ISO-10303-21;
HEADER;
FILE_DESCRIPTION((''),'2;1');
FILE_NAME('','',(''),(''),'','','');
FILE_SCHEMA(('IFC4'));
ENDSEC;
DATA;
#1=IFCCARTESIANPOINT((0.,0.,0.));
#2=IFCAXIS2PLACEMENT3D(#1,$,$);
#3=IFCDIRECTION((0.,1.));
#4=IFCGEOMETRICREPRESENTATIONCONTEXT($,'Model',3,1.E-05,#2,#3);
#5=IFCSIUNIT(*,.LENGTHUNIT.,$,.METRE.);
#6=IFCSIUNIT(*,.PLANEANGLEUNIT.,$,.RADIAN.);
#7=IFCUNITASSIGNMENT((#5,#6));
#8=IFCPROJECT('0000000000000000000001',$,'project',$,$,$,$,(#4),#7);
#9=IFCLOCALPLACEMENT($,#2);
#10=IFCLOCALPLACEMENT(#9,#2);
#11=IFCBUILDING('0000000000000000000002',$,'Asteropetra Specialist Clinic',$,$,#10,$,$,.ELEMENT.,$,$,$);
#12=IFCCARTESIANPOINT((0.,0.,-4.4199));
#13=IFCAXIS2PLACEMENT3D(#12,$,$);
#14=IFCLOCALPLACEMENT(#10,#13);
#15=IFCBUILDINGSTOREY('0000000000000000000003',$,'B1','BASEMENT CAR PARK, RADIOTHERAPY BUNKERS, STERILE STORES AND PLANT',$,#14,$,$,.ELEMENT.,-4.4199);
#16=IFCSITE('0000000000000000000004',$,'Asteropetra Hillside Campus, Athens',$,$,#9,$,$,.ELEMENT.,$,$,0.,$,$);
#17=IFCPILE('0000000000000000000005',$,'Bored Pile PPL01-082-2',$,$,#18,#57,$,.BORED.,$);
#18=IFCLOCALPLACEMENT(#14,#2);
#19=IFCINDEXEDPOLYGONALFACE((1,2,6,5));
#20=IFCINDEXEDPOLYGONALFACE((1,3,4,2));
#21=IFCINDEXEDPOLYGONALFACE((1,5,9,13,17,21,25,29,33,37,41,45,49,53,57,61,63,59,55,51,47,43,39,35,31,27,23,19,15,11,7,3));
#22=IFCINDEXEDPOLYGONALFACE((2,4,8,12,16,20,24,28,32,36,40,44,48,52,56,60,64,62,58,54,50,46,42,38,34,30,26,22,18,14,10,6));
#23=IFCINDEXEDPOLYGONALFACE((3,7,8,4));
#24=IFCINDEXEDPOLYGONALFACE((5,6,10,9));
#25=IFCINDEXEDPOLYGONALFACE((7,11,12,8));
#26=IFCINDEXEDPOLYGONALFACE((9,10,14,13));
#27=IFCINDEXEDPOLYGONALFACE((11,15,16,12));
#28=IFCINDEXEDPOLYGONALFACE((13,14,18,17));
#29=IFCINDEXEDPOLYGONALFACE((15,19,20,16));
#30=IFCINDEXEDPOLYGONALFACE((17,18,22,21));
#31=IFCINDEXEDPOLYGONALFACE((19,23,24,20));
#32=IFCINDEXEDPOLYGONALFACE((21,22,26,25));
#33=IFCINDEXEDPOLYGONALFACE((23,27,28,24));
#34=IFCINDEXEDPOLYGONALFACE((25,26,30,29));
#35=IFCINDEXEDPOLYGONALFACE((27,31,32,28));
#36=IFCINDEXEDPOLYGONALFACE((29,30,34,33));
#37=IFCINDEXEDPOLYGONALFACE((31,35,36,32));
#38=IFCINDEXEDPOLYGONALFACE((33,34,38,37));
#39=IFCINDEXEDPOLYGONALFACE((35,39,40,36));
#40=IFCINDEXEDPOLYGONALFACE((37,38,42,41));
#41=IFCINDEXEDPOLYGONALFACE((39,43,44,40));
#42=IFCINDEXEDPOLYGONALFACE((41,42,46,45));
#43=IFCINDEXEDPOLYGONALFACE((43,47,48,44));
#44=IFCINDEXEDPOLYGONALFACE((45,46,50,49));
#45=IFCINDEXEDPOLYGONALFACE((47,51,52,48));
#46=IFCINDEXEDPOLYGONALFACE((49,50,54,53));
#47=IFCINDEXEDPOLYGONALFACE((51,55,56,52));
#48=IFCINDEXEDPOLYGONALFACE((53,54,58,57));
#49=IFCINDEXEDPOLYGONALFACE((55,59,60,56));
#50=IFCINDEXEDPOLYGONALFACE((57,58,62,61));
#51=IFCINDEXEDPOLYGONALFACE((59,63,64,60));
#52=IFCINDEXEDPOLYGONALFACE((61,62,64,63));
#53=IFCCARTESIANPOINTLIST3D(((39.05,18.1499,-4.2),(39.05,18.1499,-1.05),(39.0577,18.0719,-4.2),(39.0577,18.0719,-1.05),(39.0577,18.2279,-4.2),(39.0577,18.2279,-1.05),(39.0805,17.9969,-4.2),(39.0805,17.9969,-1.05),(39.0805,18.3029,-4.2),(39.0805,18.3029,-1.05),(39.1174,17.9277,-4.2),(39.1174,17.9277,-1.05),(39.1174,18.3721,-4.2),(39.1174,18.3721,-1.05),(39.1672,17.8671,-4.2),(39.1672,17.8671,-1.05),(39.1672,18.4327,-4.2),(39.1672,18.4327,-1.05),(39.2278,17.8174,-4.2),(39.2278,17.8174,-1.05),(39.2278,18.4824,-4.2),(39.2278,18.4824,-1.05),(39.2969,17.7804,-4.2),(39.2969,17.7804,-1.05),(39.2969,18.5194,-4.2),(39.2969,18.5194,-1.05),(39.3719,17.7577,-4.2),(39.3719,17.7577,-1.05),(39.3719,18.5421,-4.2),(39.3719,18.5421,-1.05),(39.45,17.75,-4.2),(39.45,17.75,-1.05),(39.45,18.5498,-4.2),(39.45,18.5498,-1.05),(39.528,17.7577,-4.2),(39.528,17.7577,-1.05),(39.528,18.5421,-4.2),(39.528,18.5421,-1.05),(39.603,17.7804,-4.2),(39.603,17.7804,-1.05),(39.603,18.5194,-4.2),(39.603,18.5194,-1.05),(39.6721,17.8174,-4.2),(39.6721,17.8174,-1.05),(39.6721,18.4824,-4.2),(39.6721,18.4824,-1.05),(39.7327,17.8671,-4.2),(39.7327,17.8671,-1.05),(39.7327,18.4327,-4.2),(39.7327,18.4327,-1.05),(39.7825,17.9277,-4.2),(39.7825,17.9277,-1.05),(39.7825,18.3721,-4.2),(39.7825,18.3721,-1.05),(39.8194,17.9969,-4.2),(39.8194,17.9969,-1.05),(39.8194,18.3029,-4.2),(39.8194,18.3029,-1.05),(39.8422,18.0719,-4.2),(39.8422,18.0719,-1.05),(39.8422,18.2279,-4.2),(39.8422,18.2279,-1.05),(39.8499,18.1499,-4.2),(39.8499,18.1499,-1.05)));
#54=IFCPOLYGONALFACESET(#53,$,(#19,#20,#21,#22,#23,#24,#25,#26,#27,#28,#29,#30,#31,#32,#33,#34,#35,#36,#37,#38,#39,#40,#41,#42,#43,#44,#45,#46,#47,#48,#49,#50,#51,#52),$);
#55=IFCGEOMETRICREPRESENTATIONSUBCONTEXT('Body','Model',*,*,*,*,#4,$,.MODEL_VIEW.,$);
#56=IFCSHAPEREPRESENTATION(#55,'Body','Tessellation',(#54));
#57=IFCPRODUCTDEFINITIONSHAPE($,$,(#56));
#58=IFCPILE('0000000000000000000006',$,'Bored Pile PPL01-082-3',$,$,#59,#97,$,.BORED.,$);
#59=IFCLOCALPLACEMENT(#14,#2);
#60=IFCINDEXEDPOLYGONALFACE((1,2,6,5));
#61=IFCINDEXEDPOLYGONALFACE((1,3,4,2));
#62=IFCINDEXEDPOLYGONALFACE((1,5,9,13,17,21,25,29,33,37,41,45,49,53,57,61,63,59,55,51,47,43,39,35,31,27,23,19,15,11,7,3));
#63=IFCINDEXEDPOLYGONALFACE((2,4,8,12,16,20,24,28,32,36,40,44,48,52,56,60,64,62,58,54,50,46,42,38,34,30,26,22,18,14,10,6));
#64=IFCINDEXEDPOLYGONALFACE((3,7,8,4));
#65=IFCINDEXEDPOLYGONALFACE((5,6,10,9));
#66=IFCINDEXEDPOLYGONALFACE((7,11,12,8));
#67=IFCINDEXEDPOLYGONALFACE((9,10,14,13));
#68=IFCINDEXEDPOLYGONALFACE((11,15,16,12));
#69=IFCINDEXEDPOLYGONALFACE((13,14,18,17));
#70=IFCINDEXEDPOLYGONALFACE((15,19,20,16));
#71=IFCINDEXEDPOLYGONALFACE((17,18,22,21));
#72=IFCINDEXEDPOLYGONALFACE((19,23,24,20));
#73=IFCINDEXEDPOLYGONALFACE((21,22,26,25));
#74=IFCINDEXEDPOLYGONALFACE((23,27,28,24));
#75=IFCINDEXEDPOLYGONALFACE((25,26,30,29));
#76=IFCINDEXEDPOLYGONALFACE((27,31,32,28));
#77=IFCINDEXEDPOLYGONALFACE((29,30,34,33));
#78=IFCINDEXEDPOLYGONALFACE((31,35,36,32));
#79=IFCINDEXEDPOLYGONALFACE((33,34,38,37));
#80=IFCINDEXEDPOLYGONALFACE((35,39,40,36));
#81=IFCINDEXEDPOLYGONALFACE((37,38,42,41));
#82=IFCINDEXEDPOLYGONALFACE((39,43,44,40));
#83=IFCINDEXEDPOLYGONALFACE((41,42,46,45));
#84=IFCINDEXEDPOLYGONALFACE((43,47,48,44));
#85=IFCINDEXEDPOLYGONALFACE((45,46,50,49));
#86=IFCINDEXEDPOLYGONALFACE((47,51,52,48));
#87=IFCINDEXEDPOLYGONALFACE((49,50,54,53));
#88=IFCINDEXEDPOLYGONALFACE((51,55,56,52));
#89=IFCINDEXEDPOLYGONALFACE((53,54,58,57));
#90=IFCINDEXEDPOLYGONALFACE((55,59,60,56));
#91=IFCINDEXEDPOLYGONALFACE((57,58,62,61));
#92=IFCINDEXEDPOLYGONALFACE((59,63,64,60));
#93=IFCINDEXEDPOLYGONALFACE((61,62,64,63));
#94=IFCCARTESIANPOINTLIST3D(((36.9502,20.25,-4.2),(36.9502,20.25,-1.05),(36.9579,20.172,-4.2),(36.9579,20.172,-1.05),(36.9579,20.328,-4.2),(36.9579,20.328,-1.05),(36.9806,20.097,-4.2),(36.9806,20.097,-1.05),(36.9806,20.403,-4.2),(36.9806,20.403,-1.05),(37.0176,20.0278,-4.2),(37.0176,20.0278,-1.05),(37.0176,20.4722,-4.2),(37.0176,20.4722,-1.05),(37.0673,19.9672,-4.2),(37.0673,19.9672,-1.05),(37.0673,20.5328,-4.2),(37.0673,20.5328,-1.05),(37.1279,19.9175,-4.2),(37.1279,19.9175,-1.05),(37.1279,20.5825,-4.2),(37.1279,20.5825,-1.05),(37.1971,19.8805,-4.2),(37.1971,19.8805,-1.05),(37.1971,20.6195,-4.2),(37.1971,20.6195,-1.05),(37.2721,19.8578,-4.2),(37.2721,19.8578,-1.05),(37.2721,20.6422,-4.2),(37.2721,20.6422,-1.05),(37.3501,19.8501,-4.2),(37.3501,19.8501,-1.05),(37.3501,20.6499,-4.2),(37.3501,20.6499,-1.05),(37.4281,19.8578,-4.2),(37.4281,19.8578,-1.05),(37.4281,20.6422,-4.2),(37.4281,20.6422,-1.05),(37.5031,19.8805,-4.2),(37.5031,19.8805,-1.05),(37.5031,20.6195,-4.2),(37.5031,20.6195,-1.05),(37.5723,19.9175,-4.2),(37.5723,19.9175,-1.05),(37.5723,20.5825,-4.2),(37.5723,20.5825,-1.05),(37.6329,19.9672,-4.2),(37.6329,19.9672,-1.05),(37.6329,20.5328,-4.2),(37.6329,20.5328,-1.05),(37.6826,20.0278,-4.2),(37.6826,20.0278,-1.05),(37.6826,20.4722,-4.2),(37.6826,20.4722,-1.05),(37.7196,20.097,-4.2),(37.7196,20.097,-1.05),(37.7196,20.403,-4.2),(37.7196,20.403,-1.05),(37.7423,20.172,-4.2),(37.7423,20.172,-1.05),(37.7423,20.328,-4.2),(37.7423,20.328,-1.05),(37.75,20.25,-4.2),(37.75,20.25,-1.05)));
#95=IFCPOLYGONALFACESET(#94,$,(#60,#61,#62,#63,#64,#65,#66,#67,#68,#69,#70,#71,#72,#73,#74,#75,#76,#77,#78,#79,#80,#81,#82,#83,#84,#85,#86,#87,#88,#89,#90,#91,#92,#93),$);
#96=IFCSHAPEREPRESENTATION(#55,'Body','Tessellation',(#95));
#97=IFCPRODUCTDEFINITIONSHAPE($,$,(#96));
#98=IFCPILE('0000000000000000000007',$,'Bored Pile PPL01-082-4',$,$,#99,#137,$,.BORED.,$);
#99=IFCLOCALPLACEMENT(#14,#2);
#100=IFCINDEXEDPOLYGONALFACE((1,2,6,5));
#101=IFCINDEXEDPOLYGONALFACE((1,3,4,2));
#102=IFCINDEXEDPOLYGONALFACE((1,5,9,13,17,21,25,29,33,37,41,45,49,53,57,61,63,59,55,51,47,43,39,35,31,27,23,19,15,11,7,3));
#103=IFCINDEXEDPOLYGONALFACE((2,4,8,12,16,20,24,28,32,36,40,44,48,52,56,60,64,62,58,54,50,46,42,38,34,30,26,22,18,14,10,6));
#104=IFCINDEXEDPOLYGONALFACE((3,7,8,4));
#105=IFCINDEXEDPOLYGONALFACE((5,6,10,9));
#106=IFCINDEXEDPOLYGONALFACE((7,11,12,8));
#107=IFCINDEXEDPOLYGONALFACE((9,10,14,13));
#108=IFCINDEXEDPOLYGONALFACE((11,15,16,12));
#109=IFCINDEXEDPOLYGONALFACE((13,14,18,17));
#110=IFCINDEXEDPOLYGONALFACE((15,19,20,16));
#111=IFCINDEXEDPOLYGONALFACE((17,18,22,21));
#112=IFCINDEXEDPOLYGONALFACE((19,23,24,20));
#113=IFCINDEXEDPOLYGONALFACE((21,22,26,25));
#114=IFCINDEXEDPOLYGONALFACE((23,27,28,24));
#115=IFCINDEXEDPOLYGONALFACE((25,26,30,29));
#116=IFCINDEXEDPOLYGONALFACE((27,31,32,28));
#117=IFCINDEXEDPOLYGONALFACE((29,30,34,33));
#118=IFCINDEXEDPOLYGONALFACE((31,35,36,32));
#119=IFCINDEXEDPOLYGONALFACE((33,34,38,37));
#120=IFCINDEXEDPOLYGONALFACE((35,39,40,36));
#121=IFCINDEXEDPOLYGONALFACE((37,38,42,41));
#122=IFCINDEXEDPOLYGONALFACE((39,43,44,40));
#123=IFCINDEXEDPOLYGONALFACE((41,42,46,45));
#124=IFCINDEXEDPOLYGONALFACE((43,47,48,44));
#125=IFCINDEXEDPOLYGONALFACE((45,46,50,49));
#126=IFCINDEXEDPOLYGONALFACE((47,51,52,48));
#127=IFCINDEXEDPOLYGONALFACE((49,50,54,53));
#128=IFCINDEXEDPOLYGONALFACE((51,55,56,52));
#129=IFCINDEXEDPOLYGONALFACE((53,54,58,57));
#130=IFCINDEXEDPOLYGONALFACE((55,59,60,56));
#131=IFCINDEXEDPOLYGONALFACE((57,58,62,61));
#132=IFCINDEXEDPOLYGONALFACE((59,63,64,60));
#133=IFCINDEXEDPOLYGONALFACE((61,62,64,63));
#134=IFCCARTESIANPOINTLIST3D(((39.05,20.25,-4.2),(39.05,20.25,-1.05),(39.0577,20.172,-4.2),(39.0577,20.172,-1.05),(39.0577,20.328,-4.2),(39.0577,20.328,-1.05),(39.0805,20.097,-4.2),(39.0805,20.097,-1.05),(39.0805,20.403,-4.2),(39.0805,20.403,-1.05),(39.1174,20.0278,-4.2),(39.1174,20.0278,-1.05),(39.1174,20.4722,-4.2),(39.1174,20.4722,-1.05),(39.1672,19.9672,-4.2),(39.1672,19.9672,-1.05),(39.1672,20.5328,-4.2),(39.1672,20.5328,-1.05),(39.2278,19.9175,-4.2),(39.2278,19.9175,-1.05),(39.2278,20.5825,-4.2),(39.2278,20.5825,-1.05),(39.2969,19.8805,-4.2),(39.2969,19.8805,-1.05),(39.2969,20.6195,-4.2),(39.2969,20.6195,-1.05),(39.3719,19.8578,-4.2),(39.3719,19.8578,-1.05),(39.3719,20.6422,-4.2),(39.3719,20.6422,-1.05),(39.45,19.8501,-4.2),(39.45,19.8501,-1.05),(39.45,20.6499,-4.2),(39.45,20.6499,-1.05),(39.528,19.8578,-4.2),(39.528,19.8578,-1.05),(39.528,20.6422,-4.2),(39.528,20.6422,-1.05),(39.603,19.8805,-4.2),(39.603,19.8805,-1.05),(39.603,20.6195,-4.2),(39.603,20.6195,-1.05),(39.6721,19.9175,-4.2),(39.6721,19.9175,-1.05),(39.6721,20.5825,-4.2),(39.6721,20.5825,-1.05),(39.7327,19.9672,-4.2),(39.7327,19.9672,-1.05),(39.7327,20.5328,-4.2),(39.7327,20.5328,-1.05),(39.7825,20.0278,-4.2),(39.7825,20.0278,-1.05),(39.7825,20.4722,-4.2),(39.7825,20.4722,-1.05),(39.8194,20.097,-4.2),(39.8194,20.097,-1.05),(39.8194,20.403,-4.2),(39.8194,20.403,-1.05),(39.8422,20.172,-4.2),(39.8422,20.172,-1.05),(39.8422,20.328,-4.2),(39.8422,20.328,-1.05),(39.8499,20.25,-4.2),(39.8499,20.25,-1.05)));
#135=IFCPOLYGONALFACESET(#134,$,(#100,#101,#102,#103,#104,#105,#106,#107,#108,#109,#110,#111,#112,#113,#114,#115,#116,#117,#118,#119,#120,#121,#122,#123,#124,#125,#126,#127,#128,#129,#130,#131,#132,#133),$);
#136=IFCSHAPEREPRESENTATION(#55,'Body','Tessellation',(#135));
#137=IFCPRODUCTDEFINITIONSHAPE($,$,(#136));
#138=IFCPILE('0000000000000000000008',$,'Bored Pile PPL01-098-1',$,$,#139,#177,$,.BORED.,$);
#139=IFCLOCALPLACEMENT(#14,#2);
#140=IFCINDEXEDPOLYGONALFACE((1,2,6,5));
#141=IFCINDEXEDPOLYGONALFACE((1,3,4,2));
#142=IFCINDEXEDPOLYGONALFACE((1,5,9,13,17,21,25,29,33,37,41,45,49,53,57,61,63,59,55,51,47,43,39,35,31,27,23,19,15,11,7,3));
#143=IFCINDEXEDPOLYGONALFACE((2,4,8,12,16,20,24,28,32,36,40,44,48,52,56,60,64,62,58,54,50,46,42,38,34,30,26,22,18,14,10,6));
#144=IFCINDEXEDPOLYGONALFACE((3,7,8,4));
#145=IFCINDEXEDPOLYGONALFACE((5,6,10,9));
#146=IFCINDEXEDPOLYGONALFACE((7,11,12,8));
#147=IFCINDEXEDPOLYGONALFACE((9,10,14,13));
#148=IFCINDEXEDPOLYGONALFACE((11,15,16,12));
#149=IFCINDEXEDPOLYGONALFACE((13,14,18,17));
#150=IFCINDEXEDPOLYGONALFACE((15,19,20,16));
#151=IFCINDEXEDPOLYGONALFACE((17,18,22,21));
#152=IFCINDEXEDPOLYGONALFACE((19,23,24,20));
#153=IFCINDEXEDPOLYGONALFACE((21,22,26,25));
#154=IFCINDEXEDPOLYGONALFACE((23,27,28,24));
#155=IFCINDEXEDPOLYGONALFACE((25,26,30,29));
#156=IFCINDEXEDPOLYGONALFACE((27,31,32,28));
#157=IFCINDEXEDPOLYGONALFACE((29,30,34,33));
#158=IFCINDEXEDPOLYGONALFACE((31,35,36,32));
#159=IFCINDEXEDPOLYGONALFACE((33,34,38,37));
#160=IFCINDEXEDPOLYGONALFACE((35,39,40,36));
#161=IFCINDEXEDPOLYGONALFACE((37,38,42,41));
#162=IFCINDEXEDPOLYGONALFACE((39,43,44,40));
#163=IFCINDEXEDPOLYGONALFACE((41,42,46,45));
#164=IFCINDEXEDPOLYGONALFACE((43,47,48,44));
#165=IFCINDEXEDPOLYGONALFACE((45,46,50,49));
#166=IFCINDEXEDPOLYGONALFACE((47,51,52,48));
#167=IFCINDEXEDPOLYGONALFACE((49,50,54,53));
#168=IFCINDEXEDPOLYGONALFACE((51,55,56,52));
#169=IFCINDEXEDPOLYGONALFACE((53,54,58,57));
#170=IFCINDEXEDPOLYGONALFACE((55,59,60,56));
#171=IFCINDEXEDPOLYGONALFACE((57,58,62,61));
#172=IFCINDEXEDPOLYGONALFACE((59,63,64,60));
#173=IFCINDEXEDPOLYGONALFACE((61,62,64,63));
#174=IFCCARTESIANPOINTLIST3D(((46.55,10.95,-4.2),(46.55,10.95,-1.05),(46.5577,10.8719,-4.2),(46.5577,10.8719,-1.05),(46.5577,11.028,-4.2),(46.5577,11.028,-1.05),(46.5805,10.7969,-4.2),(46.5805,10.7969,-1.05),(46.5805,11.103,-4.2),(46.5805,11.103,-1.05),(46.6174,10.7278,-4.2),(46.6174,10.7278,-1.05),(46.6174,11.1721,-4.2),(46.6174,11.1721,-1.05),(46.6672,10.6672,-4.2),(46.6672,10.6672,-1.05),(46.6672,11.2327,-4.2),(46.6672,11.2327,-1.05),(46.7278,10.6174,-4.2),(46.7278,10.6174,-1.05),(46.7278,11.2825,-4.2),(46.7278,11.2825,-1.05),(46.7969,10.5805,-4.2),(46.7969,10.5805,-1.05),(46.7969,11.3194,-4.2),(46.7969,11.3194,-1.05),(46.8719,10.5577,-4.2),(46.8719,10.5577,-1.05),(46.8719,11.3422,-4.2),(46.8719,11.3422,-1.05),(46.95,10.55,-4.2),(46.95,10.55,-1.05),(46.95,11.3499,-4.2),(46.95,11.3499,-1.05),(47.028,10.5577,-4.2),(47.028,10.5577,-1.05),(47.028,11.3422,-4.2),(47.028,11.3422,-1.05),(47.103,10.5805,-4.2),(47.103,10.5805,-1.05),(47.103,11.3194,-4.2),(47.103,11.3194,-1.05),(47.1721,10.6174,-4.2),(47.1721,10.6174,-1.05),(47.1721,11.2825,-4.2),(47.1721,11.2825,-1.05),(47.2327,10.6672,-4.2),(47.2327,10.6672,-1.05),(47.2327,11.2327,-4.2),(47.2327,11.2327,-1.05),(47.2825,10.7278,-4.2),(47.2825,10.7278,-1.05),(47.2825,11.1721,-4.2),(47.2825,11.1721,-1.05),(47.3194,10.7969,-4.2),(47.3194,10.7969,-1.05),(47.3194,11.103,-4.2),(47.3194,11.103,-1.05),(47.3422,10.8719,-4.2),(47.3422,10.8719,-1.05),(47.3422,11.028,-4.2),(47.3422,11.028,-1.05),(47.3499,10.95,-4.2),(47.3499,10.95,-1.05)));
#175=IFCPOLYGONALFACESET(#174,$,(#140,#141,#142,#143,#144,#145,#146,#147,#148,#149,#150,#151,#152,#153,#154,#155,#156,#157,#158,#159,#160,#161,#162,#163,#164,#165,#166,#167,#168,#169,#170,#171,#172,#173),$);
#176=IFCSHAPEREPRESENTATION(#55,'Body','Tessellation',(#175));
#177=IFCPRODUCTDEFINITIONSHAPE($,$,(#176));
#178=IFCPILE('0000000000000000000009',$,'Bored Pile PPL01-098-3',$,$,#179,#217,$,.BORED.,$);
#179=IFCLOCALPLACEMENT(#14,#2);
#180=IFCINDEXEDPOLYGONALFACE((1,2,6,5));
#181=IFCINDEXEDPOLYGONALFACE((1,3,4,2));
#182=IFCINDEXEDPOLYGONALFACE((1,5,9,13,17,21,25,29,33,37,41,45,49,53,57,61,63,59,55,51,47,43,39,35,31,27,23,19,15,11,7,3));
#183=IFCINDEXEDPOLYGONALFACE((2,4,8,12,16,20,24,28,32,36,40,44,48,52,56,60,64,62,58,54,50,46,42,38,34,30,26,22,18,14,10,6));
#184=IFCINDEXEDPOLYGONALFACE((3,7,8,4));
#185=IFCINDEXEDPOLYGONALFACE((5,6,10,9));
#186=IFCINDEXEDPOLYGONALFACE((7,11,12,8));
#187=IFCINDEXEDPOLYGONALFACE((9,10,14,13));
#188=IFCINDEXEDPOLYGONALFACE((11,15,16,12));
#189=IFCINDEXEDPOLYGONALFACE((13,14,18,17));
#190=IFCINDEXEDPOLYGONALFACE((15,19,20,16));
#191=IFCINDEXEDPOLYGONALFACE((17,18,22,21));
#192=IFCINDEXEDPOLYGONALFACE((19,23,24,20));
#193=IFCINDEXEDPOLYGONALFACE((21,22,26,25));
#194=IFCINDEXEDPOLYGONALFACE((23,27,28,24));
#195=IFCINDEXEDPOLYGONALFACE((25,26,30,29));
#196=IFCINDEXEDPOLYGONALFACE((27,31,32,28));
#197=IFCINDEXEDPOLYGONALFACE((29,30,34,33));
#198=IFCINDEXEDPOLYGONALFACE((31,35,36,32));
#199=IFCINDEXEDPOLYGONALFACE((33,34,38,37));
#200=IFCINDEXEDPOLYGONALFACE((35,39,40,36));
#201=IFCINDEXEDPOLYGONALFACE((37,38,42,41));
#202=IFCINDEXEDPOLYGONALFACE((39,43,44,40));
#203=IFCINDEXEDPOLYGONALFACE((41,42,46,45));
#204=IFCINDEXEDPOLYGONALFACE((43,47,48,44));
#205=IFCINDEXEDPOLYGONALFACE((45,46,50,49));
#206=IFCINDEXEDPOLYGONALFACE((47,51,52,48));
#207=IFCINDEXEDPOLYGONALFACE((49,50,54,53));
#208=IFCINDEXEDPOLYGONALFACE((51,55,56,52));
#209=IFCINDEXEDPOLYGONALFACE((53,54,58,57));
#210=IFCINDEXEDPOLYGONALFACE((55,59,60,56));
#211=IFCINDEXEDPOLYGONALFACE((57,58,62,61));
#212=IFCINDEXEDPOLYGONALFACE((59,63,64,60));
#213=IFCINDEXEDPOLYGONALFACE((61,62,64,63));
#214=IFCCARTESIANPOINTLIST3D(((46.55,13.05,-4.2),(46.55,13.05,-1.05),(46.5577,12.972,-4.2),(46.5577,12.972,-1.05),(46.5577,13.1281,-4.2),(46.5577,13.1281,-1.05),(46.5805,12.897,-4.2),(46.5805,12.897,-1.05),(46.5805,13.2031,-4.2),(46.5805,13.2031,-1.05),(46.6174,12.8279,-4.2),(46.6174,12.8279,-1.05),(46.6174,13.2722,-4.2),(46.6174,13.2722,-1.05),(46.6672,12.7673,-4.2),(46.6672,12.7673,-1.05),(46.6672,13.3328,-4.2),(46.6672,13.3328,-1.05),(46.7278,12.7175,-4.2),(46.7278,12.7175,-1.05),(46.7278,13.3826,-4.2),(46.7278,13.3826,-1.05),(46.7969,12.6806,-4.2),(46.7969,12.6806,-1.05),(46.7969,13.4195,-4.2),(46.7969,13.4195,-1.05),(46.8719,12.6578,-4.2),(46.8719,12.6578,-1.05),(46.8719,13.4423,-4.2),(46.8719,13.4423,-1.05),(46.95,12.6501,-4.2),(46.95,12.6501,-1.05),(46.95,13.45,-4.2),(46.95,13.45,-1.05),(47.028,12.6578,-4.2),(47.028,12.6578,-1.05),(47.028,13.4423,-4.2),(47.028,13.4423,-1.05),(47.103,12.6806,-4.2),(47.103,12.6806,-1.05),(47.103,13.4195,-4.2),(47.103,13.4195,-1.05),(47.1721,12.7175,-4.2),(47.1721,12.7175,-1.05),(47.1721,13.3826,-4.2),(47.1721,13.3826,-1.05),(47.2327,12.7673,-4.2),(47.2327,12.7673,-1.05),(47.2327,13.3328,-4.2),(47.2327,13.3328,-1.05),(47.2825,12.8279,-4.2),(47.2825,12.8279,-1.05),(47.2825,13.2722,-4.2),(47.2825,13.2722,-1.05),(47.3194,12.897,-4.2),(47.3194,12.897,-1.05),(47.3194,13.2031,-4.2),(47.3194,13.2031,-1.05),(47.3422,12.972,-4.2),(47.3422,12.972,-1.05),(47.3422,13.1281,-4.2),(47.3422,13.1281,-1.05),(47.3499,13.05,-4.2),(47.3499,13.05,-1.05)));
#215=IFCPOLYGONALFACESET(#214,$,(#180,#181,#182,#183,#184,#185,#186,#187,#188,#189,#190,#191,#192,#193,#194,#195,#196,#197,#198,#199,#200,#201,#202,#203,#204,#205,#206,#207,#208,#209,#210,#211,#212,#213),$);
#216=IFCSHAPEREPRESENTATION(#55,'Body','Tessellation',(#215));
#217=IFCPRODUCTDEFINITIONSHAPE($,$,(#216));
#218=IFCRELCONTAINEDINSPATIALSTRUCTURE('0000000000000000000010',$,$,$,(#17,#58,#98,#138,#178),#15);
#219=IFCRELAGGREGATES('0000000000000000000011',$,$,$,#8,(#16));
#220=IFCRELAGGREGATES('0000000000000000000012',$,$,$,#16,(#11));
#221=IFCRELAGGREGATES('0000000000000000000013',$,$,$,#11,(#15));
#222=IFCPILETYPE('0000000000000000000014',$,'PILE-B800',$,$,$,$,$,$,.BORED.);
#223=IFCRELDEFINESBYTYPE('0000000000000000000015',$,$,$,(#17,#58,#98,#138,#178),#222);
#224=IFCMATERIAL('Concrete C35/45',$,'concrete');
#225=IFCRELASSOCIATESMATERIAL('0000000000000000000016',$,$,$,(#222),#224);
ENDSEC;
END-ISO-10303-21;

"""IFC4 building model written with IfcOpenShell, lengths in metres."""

from ifc_helpers import new_model, si_unit, direction, frame, origin, origin_2d, place, context, subcontext, project, spatial, circle, extrude, material, material_profile, profile_set, type_object, element, save


model = new_model("IFC4")

# Units and contexts
model_context = context("Model", 3, precision=1e-05, world=origin(), true_north=direction((0.0, 1.0)))
body_context = subcontext(model_context, "Body", "Model", "MODEL_VIEW")
ifc_project = project(units=[si_unit("LENGTHUNIT", "METRE"), si_unit("PLANEANGLEUNIT", "RADIAN")], contexts=[model_context])

# Site, building, storey
site_placement = place(None, origin())
site = spatial("IfcSite", under=ifc_project, at=site_placement, Name="Asteropetra Hillside Campus, Athens", CompositionType="ELEMENT", RefElevation=0.0)
building_placement = place(site_placement, origin())
building = spatial("IfcBuilding", under=site, at=building_placement, Name="Asteropetra Specialist Clinic", CompositionType="ELEMENT")
storey_placement = place(building_placement, frame((0.0, 0.0, -4.4199)))
storey = spatial("IfcBuildingStorey", under=building, at=storey_placement, Name="B1", Description="BASEMENT CAR PARK, RADIOTHERAPY BUNKERS, STERILE STORES AND PLANT", CompositionType="ELEMENT", Elevation=-4.4199)

# Piles
ifc_material_1 = material(Name="Concrete C35/45", Category="concrete")
ifc_material_profile_1 = material_profile(ifc_material_1, circle(Radius=0.3999, at=origin_2d()), Name="PILE D800")
ifc_profile_set_1 = profile_set([ifc_material_profile_1], Name="Concrete C35/45")
pile_type_1 = type_object("IfcPileType", Name="PILE-B800", PredefinedType="BORED", material=ifc_profile_set_1)
for number, where, z_axis, x_axis, name in (
    (1, (39.45, 18.1499, -1.05), (0.0, 0.0, -1.0), (1.0, 0.0, 0.0), "Bored Pile PPL01-082-2"),
    (2, (37.3501, 20.25, -1.05), (0.0, 0.0, -1.0), (1.0, 0.0, 0.0), "Bored Pile PPL01-082-3"),
    (3, (39.45, 20.25, -1.05), (0.0, 0.0, -1.0), (1.0, 0.0, 0.0), "Bored Pile PPL01-082-4"),
    (4, (46.95, 10.95, -1.05), (0.0, 0.0, -1.0), (1.0, 0.0, 0.0), "Bored Pile PPL01-098-1"),
    (5, (46.95, 13.05, -1.05), (0.0, 0.0, -1.0), (1.0, 0.0, 0.0), "Bored Pile PPL01-098-3"),
):
    element("IfcPile", number, at=place(storey_placement, frame(where, z_axis=z_axis, x_axis=x_axis)), inside=storey, type_object=pile_type_1, Name=name, PredefinedType="BORED", context=body_context, shape_type="SweptSolid", body=[
        extrude(circle(Radius=0.3999, at=origin_2d()), origin(), (0.0, 0.0, 1.0), 3.1499),
    ])

save(model, "model.ifc")
